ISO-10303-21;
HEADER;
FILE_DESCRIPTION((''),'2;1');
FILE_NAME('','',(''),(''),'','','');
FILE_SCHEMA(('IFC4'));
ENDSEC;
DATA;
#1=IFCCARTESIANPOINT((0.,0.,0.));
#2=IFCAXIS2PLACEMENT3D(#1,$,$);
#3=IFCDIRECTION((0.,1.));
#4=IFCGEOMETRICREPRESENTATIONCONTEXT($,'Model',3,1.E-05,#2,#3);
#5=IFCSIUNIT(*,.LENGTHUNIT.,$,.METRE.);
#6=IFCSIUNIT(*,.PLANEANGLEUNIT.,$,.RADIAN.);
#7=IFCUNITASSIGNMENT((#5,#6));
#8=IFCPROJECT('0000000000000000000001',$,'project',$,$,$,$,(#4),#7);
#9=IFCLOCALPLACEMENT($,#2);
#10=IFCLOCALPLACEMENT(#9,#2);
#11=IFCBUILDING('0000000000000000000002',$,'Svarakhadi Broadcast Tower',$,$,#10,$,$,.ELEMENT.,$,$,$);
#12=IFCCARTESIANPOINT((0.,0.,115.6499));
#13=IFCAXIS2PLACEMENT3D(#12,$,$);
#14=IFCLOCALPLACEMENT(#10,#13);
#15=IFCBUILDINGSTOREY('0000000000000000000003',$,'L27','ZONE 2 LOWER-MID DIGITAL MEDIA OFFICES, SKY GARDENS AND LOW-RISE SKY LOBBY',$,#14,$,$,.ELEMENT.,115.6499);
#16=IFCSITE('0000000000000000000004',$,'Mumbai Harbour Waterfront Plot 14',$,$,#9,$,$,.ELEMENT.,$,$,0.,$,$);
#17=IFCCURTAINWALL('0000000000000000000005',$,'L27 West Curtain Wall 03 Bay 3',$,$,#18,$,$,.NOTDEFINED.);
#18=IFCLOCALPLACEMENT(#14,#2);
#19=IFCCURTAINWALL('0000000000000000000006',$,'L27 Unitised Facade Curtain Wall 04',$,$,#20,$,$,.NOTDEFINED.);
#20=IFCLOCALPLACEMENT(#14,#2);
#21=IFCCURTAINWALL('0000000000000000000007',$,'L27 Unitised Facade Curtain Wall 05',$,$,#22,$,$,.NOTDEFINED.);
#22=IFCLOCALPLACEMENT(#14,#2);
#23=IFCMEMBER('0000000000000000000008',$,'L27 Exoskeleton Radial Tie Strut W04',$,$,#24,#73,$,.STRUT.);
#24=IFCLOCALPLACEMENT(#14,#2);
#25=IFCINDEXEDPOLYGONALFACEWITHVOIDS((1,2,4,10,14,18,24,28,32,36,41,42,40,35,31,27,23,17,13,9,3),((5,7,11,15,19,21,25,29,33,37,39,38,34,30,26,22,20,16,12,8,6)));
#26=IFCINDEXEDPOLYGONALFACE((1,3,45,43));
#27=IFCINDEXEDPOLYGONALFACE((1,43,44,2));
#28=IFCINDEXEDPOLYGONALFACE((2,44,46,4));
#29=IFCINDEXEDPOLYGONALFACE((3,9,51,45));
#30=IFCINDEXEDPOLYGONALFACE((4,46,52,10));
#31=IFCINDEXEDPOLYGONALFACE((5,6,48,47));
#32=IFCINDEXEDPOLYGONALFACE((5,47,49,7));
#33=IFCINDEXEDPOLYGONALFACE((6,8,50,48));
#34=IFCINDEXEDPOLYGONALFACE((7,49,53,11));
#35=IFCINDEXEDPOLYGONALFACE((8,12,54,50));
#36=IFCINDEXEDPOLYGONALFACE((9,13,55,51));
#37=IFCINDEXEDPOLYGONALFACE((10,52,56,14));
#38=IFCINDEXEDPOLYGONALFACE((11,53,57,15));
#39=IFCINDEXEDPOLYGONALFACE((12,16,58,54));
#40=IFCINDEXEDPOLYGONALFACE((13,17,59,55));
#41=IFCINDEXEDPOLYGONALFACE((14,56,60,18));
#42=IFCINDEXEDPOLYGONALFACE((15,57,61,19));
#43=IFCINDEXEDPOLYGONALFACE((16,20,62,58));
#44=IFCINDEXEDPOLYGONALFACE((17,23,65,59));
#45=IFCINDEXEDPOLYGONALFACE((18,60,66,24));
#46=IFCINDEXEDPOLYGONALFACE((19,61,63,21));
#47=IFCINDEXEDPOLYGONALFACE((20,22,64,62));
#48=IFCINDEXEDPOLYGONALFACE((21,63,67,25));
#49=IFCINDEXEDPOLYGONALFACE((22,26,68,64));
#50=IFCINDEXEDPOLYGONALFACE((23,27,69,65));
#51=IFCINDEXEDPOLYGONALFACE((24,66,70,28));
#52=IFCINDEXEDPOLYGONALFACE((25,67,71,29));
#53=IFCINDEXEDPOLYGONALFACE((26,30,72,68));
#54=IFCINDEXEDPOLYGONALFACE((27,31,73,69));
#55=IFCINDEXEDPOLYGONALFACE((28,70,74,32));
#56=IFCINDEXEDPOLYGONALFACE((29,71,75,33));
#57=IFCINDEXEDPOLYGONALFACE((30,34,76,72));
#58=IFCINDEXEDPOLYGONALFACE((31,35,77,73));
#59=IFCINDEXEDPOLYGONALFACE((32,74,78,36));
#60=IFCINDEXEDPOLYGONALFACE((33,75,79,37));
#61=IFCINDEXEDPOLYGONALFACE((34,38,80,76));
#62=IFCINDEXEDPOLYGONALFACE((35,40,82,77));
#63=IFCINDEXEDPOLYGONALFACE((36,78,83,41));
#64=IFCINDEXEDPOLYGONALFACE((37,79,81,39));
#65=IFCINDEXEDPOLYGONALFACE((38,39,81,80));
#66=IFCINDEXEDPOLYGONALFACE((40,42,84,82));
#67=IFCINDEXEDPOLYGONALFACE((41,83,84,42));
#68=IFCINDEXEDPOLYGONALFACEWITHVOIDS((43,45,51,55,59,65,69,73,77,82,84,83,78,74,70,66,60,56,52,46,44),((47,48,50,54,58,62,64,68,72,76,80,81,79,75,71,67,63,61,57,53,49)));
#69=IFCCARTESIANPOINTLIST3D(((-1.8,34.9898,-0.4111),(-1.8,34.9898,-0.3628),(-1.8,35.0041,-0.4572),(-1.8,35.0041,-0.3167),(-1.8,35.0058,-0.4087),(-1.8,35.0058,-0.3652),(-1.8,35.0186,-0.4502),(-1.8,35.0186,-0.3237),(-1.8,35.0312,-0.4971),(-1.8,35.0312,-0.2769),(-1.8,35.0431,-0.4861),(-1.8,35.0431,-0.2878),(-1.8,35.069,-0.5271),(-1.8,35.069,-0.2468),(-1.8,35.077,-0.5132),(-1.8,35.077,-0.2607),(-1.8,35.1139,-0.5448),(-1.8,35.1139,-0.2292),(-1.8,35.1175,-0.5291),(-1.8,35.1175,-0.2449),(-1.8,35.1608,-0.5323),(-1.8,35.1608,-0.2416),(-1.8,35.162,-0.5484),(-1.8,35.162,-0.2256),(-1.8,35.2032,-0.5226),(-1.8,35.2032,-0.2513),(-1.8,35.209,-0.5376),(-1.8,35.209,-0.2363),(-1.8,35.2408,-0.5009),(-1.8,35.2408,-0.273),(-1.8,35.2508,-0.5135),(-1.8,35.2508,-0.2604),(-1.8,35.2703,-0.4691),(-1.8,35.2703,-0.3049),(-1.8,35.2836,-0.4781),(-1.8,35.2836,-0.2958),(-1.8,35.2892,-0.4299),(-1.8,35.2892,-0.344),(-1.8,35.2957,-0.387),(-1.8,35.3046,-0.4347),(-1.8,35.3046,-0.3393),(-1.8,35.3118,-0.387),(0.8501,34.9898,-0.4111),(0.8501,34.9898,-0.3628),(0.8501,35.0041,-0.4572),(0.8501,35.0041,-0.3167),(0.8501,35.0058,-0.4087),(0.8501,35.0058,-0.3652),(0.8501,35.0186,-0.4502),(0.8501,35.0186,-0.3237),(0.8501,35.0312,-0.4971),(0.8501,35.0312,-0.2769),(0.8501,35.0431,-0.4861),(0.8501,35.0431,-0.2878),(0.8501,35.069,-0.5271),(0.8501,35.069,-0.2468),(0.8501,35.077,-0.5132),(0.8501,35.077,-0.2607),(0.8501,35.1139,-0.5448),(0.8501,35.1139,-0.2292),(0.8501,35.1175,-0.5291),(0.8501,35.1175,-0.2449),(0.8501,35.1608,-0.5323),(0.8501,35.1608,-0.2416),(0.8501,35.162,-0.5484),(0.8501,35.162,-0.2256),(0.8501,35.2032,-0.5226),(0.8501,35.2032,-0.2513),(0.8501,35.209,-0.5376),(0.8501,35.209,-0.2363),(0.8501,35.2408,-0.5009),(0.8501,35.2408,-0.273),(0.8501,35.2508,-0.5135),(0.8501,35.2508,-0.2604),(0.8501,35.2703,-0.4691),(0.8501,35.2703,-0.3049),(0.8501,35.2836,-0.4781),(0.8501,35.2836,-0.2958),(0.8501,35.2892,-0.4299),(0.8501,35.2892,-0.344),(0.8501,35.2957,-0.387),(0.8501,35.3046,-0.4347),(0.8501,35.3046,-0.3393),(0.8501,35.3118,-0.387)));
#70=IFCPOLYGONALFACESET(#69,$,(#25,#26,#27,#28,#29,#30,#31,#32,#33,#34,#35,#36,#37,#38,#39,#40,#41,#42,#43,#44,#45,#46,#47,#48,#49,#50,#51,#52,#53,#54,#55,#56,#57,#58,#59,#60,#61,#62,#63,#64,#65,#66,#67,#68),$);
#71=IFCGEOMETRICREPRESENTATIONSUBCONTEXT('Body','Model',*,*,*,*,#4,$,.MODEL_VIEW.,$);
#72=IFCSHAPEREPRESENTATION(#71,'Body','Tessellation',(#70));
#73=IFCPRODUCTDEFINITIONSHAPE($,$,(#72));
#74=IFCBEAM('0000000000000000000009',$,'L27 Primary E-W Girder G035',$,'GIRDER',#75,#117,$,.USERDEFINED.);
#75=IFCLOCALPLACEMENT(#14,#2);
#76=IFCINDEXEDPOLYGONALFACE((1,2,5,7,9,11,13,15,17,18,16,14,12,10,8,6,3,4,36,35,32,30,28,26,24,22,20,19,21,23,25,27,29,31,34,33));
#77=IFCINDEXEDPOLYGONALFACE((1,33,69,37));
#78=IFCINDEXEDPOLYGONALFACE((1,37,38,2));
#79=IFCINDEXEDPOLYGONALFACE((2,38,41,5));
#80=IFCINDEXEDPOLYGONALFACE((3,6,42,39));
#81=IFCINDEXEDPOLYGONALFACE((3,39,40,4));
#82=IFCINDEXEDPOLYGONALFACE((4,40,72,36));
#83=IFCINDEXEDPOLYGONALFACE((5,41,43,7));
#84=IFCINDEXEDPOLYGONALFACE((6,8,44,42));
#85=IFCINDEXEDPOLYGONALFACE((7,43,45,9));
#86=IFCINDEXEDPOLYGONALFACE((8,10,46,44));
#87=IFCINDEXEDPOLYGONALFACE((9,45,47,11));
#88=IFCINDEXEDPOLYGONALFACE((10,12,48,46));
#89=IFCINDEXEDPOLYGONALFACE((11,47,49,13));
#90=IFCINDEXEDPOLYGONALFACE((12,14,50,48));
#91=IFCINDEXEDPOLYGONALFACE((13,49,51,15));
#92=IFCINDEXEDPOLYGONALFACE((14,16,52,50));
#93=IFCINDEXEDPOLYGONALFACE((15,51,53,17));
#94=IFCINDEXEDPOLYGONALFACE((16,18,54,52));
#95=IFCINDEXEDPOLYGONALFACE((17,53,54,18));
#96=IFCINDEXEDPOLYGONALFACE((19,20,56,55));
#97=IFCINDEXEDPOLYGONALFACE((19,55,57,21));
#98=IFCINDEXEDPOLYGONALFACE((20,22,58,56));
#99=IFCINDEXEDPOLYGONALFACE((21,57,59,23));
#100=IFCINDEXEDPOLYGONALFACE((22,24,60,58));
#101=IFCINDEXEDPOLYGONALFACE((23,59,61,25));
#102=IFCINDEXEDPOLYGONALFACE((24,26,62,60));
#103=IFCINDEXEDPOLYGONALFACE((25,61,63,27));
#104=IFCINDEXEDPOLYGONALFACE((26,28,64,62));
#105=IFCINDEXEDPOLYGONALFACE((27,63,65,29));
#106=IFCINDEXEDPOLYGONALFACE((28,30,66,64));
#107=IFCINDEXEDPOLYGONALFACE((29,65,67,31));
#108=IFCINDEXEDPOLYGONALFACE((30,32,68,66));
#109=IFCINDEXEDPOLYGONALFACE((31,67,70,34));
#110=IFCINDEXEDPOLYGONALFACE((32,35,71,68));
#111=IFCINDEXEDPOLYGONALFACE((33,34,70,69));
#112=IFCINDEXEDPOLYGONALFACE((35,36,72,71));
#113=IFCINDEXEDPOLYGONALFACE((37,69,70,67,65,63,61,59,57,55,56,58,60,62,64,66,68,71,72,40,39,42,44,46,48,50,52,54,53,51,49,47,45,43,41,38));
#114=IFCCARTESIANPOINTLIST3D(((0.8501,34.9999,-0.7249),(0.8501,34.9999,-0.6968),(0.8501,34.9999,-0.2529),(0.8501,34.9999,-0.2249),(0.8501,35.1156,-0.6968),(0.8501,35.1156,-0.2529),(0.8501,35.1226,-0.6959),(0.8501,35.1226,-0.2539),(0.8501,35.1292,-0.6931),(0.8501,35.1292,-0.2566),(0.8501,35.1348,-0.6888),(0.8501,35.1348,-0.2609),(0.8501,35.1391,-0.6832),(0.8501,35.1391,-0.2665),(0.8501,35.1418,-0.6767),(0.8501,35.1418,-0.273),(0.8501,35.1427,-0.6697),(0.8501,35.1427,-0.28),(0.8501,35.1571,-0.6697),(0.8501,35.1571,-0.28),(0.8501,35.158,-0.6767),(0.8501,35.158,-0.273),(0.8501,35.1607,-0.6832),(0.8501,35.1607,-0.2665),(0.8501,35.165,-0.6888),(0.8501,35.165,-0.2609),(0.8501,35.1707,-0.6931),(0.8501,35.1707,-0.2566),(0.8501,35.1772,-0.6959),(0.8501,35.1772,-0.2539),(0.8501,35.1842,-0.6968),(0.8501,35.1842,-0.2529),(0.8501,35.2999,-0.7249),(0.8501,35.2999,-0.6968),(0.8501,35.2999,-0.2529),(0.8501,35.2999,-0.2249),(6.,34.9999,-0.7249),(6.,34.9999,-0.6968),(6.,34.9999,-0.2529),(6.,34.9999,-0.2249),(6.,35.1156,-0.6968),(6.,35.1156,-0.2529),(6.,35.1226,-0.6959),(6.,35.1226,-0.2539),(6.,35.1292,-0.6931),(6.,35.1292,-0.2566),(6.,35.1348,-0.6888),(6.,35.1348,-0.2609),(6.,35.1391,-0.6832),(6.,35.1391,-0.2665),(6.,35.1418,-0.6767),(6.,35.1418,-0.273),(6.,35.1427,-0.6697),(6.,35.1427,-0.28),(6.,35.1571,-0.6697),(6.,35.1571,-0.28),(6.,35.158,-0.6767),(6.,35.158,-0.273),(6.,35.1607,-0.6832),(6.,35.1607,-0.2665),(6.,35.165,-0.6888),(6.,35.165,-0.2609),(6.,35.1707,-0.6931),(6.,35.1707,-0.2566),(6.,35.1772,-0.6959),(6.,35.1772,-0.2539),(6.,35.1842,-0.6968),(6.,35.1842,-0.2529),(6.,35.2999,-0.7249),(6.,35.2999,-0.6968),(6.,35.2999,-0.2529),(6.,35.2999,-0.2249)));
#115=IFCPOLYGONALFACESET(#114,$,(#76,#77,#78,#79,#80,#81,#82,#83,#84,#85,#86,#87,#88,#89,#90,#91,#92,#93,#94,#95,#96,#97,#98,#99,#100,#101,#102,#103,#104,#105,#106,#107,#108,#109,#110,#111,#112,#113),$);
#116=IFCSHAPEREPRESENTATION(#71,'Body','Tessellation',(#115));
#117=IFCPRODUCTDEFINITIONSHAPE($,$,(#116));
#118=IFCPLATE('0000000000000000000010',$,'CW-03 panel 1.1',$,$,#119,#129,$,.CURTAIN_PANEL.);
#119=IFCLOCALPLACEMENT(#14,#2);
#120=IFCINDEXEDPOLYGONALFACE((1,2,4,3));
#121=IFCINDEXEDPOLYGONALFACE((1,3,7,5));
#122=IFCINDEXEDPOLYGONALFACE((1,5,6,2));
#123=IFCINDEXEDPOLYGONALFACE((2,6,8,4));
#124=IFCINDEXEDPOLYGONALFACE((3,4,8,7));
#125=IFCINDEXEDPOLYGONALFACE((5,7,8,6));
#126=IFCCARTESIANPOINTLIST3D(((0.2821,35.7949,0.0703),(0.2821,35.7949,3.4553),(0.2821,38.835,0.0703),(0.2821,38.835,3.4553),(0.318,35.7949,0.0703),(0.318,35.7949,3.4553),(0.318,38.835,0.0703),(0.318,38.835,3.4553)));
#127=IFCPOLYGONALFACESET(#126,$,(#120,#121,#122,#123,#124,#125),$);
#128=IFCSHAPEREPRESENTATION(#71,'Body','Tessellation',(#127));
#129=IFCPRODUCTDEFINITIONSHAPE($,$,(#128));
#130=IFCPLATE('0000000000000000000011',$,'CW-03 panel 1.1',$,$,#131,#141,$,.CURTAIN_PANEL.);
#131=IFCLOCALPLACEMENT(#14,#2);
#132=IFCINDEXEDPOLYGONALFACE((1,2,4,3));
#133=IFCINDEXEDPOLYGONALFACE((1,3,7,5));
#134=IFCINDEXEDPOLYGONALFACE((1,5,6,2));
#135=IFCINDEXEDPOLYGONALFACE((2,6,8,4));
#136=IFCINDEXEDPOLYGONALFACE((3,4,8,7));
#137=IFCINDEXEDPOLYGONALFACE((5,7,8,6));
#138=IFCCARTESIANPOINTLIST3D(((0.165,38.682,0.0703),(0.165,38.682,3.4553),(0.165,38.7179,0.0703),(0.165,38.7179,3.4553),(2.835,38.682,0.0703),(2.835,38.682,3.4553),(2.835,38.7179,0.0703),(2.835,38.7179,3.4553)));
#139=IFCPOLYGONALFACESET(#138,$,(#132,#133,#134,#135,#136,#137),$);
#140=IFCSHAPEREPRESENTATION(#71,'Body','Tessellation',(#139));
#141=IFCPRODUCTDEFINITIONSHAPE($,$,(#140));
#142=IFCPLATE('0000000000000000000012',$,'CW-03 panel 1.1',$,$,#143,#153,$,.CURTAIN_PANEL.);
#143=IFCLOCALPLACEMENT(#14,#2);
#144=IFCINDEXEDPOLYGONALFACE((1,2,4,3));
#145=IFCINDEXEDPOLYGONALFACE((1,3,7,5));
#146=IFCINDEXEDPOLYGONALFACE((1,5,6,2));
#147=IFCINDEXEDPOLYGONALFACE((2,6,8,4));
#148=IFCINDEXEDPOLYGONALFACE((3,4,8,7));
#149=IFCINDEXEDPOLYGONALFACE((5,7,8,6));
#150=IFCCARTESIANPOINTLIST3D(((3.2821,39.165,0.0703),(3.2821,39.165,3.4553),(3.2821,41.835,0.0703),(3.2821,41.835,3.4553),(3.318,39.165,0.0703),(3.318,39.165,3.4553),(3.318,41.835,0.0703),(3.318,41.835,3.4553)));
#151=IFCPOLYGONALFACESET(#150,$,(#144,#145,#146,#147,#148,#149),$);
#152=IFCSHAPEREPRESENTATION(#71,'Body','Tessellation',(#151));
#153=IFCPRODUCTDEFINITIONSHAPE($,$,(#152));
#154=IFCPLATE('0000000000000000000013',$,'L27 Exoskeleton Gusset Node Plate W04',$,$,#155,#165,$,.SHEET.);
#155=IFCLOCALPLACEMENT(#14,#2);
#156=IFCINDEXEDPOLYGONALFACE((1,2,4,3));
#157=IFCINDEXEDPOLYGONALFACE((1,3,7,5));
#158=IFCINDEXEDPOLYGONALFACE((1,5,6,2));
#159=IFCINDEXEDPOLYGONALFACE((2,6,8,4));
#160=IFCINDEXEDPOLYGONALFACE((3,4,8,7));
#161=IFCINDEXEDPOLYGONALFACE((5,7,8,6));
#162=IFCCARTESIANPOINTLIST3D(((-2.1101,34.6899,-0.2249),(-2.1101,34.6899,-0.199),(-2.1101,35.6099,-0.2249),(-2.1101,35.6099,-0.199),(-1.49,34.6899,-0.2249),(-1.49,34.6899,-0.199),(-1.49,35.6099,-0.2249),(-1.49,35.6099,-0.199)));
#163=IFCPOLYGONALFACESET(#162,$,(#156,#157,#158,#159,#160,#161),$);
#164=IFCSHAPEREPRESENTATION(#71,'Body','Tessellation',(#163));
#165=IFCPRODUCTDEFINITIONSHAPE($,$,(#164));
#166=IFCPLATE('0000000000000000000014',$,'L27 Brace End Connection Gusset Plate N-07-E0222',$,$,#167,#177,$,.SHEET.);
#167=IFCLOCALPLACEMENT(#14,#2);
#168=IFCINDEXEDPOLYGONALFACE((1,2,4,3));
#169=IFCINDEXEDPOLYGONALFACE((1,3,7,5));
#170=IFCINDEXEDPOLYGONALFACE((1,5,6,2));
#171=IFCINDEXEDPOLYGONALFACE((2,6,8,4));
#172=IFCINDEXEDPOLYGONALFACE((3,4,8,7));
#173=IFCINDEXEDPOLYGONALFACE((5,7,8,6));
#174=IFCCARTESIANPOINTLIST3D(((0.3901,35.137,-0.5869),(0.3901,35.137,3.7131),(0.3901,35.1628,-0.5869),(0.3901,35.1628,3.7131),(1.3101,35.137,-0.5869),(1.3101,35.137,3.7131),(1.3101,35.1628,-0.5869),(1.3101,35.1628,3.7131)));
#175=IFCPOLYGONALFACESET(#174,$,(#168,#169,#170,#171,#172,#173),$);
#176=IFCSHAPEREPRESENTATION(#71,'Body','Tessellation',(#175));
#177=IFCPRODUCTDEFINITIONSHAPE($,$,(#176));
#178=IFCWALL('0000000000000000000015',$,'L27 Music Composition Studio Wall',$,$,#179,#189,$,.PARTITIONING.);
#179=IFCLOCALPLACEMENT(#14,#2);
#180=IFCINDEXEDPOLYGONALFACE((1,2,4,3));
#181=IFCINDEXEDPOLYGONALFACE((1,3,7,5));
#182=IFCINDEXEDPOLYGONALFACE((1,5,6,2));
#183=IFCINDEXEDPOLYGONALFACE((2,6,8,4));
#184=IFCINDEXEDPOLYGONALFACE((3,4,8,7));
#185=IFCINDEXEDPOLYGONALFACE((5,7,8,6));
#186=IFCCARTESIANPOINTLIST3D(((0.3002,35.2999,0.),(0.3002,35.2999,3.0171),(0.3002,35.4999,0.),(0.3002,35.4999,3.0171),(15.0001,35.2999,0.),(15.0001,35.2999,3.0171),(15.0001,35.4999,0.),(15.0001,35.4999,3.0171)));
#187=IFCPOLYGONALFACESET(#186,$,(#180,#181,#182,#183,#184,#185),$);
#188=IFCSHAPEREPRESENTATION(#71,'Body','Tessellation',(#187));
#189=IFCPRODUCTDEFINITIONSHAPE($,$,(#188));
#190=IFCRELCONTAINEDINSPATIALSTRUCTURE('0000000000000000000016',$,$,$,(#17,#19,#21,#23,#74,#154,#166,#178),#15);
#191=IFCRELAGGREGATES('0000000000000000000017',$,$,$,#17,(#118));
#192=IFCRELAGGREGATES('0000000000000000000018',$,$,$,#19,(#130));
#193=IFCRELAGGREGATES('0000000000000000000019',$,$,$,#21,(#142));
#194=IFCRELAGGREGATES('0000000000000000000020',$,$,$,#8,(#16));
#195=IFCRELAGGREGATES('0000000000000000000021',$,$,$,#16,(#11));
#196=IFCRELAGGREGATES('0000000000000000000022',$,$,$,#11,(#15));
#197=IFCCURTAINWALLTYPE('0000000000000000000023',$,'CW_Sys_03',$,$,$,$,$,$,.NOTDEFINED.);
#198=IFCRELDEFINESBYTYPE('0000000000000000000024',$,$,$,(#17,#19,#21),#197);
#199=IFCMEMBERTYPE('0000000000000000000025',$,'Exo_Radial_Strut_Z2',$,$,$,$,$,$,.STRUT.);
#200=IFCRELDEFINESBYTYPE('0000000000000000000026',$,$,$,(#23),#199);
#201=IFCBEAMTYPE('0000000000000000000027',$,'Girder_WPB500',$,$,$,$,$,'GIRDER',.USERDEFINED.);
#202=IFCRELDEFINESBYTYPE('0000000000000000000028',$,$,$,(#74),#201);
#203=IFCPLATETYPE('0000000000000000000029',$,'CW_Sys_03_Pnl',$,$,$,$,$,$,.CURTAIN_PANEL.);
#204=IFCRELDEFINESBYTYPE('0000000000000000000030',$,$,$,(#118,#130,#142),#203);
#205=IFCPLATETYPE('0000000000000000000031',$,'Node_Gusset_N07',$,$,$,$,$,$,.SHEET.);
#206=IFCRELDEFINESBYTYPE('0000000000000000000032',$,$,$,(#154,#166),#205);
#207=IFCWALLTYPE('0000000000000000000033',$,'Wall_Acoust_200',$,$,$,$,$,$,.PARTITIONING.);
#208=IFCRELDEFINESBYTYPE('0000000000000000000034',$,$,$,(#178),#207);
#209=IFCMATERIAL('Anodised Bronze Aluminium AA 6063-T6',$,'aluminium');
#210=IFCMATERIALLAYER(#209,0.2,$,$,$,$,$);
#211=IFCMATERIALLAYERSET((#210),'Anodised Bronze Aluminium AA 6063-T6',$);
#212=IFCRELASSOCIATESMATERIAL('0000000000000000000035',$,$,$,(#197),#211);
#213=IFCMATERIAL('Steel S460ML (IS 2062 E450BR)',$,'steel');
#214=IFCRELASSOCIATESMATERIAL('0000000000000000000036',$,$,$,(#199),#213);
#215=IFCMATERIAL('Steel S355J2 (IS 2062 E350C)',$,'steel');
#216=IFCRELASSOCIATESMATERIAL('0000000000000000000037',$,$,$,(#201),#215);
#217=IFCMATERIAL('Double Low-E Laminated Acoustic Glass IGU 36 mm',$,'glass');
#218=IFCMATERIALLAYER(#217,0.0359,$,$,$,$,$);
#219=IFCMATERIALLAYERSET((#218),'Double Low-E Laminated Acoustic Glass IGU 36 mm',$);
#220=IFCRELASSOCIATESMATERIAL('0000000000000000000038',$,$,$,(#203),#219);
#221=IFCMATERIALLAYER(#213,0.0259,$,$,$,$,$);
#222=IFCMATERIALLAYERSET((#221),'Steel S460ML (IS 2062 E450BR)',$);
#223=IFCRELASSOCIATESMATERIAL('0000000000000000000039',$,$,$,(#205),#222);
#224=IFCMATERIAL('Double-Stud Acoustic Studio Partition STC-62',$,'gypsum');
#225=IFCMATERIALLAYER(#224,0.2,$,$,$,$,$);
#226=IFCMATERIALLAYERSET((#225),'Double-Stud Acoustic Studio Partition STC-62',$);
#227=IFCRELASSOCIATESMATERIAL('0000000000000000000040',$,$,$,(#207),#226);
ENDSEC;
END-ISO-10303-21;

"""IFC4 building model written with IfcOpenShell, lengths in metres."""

from ifc_helpers import new_model, si_unit, direction, frame, frame_2d, origin, origin_2d, place, context, subcontext, project, spatial, rectangle, hollow_circle, i_section, extrude, material, layer, layer_set, material_profile, profile_set, type_object, element, aggregate, save


model = new_model("IFC4")

# Units and contexts
model_context = context("Model", 3, precision=1e-05, world=origin(), true_north=direction((0.0, 1.0)))
body_context = subcontext(model_context, "Body", "Model", "MODEL_VIEW")
ifc_project = project(units=[si_unit("LENGTHUNIT", "METRE"), si_unit("PLANEANGLEUNIT", "RADIAN")], contexts=[model_context])

# Site, building, storey
site_placement = place(None, origin())
site = spatial("IfcSite", under=ifc_project, at=site_placement, Name="Mumbai Harbour Waterfront Plot 14", CompositionType="ELEMENT", RefElevation=0.0)
building_placement = place(site_placement, origin())
building = spatial("IfcBuilding", under=site, at=building_placement, Name="Svarakhadi Broadcast Tower", CompositionType="ELEMENT")
storey_placement = place(building_placement, frame((0.0, 0.0, 115.6499)))
storey = spatial("IfcBuildingStorey", under=building, at=storey_placement, Name="L27", Description="ZONE 2 LOWER-MID DIGITAL MEDIA OFFICES, SKY GARDENS AND LOW-RISE SKY LOBBY", CompositionType="ELEMENT", Elevation=115.6499)

# Shared definitions
ifc_material_1 = material(Name="Anodised Bronze Aluminium AA 6063-T6", Category="aluminium")
ifc_layer_1 = layer(ifc_material_1, 0.2)
ifc_layer_set_1 = layer_set([ifc_layer_1], Name="Anodised Bronze Aluminium AA 6063-T6")
curtain_wall_type = type_object("IfcCurtainWallType", Name="CW_Sys_03", PredefinedType="NOTDEFINED", material=ifc_layer_set_1)

# Curtain walls
curtain_wall_1_placement = place(storey_placement, origin())
curtain_wall_1 = element("IfcCurtainWall", 1, at=curtain_wall_1_placement, inside=storey, type_object=curtain_wall_type, Name="L27 West Curtain Wall 03 Bay 3", PredefinedType="NOTDEFINED")
curtain_wall_2_placement = place(storey_placement, origin())
curtain_wall_2 = element("IfcCurtainWall", 2, at=curtain_wall_2_placement, inside=storey, type_object=curtain_wall_type, Name="L27 Unitised Facade Curtain Wall 04", PredefinedType="NOTDEFINED")
curtain_wall_3_placement = place(storey_placement, origin())
curtain_wall_3 = element("IfcCurtainWall", 3, at=curtain_wall_3_placement, inside=storey, type_object=curtain_wall_type, Name="L27 Unitised Facade Curtain Wall 05", PredefinedType="NOTDEFINED")

# Member
ifc_material_2 = material(Name="Steel S460ML (IS 2062 E450BR)", Category="steel")
ifc_material_profile_1 = material_profile(ifc_material_2, hollow_circle(Radius=0.1619, WallThickness=0.0161, at=origin_2d()), Name="CHS 323.9x16")
ifc_profile_set_1 = profile_set([ifc_material_profile_1], Name="Steel S460ML (IS 2062 E450BR)")
member_type_1 = type_object("IfcMemberType", Name="Exo_Radial_Strut_Z2", PredefinedType="STRUT", material=ifc_profile_set_1)
member_1_placement = place(storey_placement, frame((-1.8, 35.1499, -0.387), z_axis=(1.0, 0.0, 0.0), x_axis=(0.0, 1.0, 0.0)))
element("IfcMember", 4, at=member_1_placement, inside=storey, type_object=member_type_1, Name="L27 Exoskeleton Radial Tie Strut W04", PredefinedType="STRUT", context=body_context, shape_type="SweptSolid", body=[
    extrude(hollow_circle(Radius=0.1619, WallThickness=0.0161, at=origin_2d()), origin(), (0.0, 0.0, 1.0), 2.6501),
])

# Beam
ifc_material_3 = material(Name="Steel S355J2 (IS 2062 E350C)", Category="steel")
ifc_material_profile_2 = material_profile(ifc_material_3, i_section(OverallWidth=0.3, OverallDepth=0.5, WebThickness=0.0144, FlangeThickness=0.0281, FilletRadius=0.0271, at=origin_2d()), Name="WPB 500x300x187")
ifc_profile_set_2 = profile_set([ifc_material_profile_2], Name="Steel S355J2 (IS 2062 E350C)")
beam_type = type_object("IfcBeamType", Name="Girder_WPB500", ElementType="GIRDER", PredefinedType="USERDEFINED", material=ifc_profile_set_2)
beam_placement = place(storey_placement, frame((0.8501, 35.1499, -0.4749), z_axis=(1.0, 0.0, 0.0), x_axis=(0.0, 1.0, 0.0)))
element("IfcBeam", 5, at=beam_placement, inside=storey, type_object=beam_type, Name="L27 Primary E-W Girder G035", ObjectType="GIRDER", PredefinedType="USERDEFINED", context=body_context, shape_type="SweptSolid", body=[
    extrude(i_section(OverallWidth=0.3, OverallDepth=0.5, WebThickness=0.0144, FlangeThickness=0.0281, FilletRadius=0.0271, at=origin_2d()), origin(), (0.0, 0.0, 1.0), 5.1499),
])

# Plates
ifc_material_4 = material(Name="Double Low-E Laminated Acoustic Glass IGU 36 mm", Category="glass")
ifc_layer_2 = layer(ifc_material_4, 0.0359)
ifc_layer_set_2 = layer_set([ifc_layer_2], Name="Double Low-E Laminated Acoustic Glass IGU 36 mm")
plate_type_1 = type_object("IfcPlateType", Name="CW_Sys_03_Pnl", PredefinedType="CURTAIN_PANEL", material=ifc_layer_set_2)
plate_1_placement = place(storey_placement, frame((0.3, 37.3149, 0.0703), z_axis=(0.0, 0.0, 1.0), x_axis=(0.0, 1.0, 0.0)))
plate_1 = element("IfcPlate", 6, at=plate_1_placement, type_object=plate_type_1, Name="CW-03 panel 1.1", PredefinedType="CURTAIN_PANEL", context=body_context, shape_type="SweptSolid", body=[
    extrude(rectangle(XDim=3.04, YDim=0.0359, at=origin_2d()), origin(), (0.0, 0.0, 1.0), 3.385),
])
aggregate(curtain_wall_1, [plate_1])
plate_2_placement = place(storey_placement, frame((1.5, 38.7, 0.0703), z_axis=(0.0, 0.0, 1.0), x_axis=(1.0, 0.0, 0.0)))
plate_2 = element("IfcPlate", 7, at=plate_2_placement, type_object=plate_type_1, Name="CW-03 panel 1.1", PredefinedType="CURTAIN_PANEL", context=body_context, shape_type="SweptSolid", body=[
    extrude(rectangle(XDim=2.6699, YDim=0.0359, at=origin_2d()), origin(), (0.0, 0.0, 1.0), 3.385),
])
aggregate(curtain_wall_2, [plate_2])
plate_3_placement = place(storey_placement, frame((3.3, 40.5, 0.0703), z_axis=(0.0, 0.0, 1.0), x_axis=(0.0, 1.0, 0.0)))
plate_3 = element("IfcPlate", 8, at=plate_3_placement, type_object=plate_type_1, Name="CW-03 panel 1.1", PredefinedType="CURTAIN_PANEL", context=body_context, shape_type="SweptSolid", body=[
    extrude(rectangle(XDim=2.6699, YDim=0.0359, at=origin_2d()), origin(), (0.0, 0.0, 1.0), 3.385),
])
aggregate(curtain_wall_3, [plate_3])

# Plates
ifc_layer_3 = layer(ifc_material_2, 0.0259)
ifc_layer_set_3 = layer_set([ifc_layer_3], Name="Steel S460ML (IS 2062 E450BR)")
plate_type_2 = type_object("IfcPlateType", Name="Node_Gusset_N07", PredefinedType="SHEET", material=ifc_layer_set_3)
plate_4_placement = place(storey_placement, frame((-1.8, 35.1499, -0.2249), z_axis=(0.0, 0.0, 1.0), x_axis=(0.0, 1.0, 0.0)))
element("IfcPlate", 9, at=plate_4_placement, inside=storey, type_object=plate_type_2, Name="L27 Exoskeleton Gusset Node Plate W04", PredefinedType="SHEET", context=body_context, shape_type="SweptSolid", body=[
    extrude(rectangle(XDim=0.9199, YDim=0.6201, at=origin_2d()), origin(), (0.0, 0.0, 1.0), 0.0259),
])
plate_5_placement = place(storey_placement, frame((0.8501, 35.1499, -0.5869), z_axis=(0.0, 0.0, 1.0), x_axis=(1.0, 0.0, 0.0)))
element("IfcPlate", 10, at=plate_5_placement, inside=storey, type_object=plate_type_2, Name="L27 Brace End Connection Gusset Plate N-07-E0222", PredefinedType="SHEET", context=body_context, shape_type="SweptSolid", body=[
    extrude(rectangle(XDim=0.9199, YDim=0.0259, at=origin_2d()), origin(), (0.0, 0.0, 1.0), 4.3),
])

# Wall
ifc_material_5 = material(Name="Double-Stud Acoustic Studio Partition STC-62", Category="gypsum")
ifc_layer_4 = layer(ifc_material_5, 0.2)
ifc_layer_set_4 = layer_set([ifc_layer_4], Name="Double-Stud Acoustic Studio Partition STC-62")
wall_type_1 = type_object("IfcWallType", Name="Wall_Acoust_200", PredefinedType="PARTITIONING", material=ifc_layer_set_4)
wall_1_placement = place(storey_placement, frame((0.3, 35.3999, 0.0), z_axis=(0.0, 0.0, 1.0), x_axis=(1.0, 0.0, 0.0)))
element("IfcWall", 11, at=wall_1_placement, inside=storey, type_object=wall_type_1, Name="L27 Music Composition Studio Wall", PredefinedType="PARTITIONING", context=body_context, shape_type="SweptSolid", body=[
    extrude(rectangle(XDim=14.7, YDim=0.2, at=frame_2d((7.3501, 0.0))), origin(), (0.0, 0.0, 1.0), 3.0171),
])

save(model, "model.ifc")
